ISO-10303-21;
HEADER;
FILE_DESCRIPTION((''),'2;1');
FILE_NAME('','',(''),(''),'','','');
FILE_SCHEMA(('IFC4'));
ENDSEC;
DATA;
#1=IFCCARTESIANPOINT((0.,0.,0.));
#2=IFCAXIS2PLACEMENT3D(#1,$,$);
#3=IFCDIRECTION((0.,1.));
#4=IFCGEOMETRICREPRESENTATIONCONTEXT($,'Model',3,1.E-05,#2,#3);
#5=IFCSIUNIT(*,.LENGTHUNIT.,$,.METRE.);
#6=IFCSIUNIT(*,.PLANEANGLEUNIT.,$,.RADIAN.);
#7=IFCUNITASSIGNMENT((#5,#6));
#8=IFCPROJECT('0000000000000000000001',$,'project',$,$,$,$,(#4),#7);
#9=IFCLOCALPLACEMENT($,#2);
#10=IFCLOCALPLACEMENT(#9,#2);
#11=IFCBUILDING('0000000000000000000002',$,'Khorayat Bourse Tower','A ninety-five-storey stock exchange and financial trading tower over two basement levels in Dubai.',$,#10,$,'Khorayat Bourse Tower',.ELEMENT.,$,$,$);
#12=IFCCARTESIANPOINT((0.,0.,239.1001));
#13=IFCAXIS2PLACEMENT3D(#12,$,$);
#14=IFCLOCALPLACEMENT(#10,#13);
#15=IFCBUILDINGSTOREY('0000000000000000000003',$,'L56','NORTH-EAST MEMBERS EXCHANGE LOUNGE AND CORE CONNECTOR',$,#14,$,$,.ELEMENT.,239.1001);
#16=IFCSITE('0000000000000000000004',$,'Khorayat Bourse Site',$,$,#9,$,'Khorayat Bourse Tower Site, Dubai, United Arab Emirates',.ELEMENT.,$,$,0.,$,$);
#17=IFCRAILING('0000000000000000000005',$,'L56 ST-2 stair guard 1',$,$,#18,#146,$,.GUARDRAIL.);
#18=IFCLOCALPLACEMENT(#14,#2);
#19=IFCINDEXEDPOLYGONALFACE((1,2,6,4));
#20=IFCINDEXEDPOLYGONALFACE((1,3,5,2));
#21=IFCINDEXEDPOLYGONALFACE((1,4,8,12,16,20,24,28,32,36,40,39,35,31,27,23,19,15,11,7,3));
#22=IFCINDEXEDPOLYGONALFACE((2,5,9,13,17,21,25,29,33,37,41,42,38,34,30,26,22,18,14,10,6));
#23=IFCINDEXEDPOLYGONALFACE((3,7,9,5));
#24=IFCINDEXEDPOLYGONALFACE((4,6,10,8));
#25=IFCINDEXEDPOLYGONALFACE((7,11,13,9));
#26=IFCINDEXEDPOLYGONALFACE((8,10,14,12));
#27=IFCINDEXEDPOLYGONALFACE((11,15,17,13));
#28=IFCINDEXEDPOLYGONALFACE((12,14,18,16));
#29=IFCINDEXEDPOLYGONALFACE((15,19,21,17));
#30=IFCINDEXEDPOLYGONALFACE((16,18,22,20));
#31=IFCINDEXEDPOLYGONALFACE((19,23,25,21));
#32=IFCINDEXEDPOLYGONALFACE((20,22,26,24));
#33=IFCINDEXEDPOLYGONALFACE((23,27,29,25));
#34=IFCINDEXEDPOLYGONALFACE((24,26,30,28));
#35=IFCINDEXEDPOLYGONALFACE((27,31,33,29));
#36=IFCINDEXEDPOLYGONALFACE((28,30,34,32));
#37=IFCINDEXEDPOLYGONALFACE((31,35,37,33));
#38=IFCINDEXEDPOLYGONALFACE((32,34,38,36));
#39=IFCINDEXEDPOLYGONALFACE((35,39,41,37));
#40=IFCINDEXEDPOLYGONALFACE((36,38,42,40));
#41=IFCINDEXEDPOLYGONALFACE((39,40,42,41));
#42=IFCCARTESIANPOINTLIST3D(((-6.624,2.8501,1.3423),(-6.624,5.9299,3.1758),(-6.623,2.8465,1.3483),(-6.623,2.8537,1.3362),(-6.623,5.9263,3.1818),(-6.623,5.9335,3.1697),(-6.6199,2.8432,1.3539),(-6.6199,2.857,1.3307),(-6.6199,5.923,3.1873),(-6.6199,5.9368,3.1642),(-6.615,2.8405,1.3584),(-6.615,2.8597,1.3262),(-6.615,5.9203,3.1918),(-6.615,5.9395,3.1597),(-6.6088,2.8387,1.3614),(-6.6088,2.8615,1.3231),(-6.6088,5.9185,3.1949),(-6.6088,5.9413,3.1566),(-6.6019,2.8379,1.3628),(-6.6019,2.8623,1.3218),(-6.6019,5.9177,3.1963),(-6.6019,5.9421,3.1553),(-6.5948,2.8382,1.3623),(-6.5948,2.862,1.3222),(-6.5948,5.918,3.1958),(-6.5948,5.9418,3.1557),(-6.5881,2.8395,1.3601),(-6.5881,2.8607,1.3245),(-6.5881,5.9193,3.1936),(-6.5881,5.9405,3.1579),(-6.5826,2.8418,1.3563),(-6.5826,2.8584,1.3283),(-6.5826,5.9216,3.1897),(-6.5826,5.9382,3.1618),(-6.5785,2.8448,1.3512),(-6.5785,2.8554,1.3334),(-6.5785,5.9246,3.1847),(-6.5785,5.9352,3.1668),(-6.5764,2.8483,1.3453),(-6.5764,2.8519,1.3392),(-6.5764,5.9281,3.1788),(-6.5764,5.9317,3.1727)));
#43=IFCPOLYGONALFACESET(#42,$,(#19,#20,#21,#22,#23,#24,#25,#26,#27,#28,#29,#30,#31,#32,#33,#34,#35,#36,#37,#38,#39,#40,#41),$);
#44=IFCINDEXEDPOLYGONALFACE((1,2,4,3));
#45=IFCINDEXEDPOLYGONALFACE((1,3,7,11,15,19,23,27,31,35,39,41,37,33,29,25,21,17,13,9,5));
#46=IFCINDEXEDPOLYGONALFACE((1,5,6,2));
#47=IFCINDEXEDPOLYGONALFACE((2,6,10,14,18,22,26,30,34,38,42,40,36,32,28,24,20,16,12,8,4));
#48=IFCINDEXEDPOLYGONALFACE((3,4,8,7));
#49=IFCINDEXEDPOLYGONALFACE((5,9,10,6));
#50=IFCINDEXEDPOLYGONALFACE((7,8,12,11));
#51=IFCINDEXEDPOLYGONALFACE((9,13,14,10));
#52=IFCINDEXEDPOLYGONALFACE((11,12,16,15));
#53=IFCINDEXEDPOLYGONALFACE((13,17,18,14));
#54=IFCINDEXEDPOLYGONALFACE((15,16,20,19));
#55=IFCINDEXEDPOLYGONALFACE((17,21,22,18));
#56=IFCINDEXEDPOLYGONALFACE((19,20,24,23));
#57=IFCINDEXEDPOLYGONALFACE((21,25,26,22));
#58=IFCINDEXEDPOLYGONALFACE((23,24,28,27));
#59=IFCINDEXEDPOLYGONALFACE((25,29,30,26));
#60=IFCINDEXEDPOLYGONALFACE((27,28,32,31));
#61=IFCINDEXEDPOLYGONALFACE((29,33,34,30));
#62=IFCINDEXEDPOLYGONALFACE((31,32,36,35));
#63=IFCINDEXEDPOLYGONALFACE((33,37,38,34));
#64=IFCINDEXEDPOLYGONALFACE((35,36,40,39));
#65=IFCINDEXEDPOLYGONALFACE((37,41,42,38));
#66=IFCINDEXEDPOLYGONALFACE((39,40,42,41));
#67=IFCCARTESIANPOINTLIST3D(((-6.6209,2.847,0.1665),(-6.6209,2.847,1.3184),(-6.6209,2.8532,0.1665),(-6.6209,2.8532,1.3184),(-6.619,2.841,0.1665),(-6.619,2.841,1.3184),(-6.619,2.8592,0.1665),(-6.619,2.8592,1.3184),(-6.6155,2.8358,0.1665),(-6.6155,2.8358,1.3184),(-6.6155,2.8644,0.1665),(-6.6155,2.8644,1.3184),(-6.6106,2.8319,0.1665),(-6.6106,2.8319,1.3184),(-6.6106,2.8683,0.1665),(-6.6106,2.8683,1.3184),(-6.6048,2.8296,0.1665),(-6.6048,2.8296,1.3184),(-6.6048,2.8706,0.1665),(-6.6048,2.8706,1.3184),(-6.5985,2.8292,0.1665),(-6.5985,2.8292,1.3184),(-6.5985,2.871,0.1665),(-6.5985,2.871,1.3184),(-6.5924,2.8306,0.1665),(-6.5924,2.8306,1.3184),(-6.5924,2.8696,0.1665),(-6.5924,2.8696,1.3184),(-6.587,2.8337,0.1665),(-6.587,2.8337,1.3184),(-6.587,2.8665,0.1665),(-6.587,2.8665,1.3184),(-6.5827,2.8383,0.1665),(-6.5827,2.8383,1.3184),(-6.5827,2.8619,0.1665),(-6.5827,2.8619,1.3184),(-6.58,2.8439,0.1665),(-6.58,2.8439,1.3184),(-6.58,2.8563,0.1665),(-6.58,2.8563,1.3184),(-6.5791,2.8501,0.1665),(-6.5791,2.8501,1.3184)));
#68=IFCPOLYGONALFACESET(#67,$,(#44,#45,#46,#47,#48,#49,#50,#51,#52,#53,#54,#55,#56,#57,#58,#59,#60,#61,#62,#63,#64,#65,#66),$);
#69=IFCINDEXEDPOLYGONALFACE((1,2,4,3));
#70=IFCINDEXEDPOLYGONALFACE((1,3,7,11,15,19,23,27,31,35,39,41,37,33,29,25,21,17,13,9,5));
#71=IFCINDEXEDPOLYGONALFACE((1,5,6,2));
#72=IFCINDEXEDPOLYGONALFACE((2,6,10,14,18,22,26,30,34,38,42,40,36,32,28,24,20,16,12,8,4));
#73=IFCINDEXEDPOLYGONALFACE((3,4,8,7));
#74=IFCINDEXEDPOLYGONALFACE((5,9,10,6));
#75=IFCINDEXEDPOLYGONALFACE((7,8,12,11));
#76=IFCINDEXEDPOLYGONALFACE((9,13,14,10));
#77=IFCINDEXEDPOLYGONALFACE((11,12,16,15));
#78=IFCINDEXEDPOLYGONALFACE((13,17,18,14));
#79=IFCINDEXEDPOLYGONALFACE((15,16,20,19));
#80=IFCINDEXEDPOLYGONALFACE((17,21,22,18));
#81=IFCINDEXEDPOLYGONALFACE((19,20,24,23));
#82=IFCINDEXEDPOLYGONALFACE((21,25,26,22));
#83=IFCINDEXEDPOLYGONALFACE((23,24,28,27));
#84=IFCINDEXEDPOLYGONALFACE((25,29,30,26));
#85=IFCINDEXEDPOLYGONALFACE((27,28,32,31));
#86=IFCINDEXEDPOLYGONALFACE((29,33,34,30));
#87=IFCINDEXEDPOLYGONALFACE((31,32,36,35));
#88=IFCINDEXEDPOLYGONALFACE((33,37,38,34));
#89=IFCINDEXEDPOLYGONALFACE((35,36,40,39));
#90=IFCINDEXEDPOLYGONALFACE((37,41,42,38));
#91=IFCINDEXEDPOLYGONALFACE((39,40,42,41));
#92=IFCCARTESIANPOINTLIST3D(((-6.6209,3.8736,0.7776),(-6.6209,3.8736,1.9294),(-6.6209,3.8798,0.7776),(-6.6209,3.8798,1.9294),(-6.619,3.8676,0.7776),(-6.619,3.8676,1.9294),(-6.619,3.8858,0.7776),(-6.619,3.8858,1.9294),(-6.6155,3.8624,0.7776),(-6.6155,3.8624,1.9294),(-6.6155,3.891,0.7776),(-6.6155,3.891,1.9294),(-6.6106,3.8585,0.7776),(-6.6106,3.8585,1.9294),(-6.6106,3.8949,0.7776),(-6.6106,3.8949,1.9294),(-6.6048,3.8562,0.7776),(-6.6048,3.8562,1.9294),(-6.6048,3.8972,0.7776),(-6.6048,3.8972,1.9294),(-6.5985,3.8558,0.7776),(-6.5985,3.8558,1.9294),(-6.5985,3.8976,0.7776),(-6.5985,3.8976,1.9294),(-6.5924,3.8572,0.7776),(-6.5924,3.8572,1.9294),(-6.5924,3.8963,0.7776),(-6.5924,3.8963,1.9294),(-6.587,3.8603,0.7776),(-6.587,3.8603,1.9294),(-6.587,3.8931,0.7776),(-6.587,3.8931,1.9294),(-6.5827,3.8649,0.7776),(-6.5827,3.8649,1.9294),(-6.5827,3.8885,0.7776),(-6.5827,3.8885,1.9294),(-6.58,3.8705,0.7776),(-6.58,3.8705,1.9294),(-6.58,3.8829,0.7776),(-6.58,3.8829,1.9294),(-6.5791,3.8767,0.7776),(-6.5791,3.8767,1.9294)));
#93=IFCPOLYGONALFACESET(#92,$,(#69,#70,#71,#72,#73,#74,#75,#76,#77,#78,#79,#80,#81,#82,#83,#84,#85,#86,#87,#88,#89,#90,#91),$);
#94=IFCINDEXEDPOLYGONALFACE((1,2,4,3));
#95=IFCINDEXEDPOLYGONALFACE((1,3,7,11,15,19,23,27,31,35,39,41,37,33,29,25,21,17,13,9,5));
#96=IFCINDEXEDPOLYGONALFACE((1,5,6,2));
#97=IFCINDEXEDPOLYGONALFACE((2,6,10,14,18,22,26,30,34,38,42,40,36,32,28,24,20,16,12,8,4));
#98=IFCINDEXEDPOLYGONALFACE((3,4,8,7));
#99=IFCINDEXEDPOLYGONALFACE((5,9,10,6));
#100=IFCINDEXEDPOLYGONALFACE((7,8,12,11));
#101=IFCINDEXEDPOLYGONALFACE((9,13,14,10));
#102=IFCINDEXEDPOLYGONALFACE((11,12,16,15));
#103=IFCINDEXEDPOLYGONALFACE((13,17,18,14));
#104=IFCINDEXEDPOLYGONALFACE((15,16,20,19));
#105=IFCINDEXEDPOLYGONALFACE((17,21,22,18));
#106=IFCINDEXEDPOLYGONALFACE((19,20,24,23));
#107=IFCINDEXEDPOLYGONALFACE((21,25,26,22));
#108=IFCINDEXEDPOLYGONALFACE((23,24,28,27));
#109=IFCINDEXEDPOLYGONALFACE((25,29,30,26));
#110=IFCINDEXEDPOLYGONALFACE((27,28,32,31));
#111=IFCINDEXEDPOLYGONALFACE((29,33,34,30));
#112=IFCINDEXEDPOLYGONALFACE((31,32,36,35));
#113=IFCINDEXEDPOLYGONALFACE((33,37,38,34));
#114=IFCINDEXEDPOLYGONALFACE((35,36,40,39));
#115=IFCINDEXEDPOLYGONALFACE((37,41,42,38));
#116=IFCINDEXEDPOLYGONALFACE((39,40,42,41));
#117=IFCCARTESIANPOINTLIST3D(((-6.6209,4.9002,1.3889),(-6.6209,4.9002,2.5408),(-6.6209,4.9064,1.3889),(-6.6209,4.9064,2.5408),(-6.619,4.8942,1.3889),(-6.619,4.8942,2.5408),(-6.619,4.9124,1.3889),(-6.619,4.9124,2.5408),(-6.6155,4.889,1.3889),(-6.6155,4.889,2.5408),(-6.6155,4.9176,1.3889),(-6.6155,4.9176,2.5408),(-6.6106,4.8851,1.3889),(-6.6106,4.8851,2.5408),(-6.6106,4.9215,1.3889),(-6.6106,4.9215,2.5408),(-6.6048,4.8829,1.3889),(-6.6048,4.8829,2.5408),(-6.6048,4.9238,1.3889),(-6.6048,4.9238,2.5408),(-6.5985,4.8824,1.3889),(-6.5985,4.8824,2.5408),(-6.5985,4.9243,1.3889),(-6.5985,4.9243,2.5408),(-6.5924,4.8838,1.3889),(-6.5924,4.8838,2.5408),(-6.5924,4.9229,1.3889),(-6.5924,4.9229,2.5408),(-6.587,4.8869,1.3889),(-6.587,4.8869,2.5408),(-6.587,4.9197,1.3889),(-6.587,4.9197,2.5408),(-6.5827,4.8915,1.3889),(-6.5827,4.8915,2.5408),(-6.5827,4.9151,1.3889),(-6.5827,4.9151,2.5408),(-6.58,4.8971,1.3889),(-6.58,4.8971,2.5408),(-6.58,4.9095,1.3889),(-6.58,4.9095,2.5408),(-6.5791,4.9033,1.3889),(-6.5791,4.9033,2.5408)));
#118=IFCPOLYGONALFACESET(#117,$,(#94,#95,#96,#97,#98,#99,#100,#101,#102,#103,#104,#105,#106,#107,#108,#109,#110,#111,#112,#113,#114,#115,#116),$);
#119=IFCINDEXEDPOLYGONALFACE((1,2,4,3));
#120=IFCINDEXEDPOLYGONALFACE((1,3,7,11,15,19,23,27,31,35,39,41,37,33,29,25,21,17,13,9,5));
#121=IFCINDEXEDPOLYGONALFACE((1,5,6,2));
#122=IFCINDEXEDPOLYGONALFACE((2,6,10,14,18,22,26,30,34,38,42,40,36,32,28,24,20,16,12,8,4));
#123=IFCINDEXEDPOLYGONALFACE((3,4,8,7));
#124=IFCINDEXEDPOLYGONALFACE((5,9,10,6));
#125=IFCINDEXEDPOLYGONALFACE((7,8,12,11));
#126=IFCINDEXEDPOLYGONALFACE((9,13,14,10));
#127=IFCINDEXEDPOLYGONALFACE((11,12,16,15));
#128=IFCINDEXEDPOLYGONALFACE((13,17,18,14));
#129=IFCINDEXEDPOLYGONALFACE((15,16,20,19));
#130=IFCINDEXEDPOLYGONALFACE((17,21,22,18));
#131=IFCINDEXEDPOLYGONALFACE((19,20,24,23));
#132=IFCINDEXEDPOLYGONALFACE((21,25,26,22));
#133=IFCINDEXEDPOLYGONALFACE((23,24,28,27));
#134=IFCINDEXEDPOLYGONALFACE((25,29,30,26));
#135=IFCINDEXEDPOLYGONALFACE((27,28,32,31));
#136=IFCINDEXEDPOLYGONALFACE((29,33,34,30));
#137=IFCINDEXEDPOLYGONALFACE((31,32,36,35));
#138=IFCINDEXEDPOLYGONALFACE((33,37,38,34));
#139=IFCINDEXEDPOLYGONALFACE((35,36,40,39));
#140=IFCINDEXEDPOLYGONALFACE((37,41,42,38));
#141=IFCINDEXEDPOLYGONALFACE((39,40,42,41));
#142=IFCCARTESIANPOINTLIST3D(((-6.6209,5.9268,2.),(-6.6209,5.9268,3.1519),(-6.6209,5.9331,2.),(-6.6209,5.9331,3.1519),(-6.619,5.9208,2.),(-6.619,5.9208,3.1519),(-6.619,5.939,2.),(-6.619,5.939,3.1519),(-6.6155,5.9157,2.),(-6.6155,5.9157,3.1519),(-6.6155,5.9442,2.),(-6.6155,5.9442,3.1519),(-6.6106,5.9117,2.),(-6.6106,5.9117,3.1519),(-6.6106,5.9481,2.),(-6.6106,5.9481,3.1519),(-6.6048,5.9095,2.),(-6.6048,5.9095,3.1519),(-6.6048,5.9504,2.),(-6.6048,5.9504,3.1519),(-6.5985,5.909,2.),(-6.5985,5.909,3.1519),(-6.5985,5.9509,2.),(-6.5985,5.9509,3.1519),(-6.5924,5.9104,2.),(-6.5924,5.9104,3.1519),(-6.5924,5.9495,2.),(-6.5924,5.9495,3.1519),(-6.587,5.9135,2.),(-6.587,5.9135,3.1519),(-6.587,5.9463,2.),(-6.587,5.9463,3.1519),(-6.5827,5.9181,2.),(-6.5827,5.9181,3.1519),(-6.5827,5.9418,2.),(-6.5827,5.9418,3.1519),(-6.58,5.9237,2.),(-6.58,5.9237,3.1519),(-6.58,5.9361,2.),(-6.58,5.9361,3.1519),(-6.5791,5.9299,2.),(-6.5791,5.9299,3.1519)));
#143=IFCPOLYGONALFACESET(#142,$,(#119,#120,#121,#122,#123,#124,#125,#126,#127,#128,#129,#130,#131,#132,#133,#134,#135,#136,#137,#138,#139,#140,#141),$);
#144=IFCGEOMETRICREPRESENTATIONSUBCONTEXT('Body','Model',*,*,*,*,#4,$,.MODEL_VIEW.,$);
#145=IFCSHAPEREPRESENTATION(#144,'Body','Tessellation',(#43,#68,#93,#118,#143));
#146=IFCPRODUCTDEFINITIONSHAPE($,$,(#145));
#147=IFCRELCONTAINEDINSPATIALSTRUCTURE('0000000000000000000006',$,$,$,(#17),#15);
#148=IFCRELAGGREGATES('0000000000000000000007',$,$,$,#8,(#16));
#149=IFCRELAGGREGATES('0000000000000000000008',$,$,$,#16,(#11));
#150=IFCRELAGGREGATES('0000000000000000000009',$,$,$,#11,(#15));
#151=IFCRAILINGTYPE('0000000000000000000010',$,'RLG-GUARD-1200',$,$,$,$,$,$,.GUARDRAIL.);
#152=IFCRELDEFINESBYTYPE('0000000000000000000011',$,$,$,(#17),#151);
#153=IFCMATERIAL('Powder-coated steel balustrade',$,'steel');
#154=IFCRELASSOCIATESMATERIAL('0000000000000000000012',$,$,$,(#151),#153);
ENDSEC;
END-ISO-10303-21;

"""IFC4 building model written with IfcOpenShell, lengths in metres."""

from ifc_helpers import new_model, si_unit, direction, frame, origin, origin_2d, place, context, subcontext, project, spatial, circle, extrude, source, transform, mapped, material, type_object, element, save


model = new_model("IFC4")

# Units and contexts
model_context = context("Model", 3, precision=1e-05, world=origin(), true_north=direction((0.0, 1.0)))
body_context = subcontext(model_context, "Body", "Model", "MODEL_VIEW")
ifc_project = project(units=[si_unit("LENGTHUNIT", "METRE"), si_unit("PLANEANGLEUNIT", "RADIAN")], contexts=[model_context])

# Site, building, storey
site_placement = place(None, origin())
site = spatial("IfcSite", under=ifc_project, at=site_placement, Name="Khorayat Bourse Site", LongName="Khorayat Bourse Tower Site, Dubai, United Arab Emirates", CompositionType="ELEMENT", RefElevation=0.0)
building_placement = place(site_placement, origin())
building = spatial("IfcBuilding", under=site, at=building_placement, Name="Khorayat Bourse Tower", Description="A ninety-five-storey stock exchange and financial trading tower over two basement levels in Dubai.", LongName="Khorayat Bourse Tower", CompositionType="ELEMENT")
storey_placement = place(building_placement, frame((0.0, 0.0, 239.1001)))
storey = spatial("IfcBuildingStorey", under=building, at=storey_placement, Name="L56", Description="NORTH-EAST MEMBERS EXCHANGE LOUNGE AND CORE CONNECTOR", CompositionType="ELEMENT", Elevation=239.1001)

# Railing
ifc_material_1 = material(Name="Powder-coated steel balustrade", Category="steel")
railing_type_1 = type_object("IfcRailingType", Name="RLG-GUARD-1200", PredefinedType="GUARDRAIL", material=ifc_material_1)
shared_shape_1 = source(origin(), body_context, "Body", "SweptSolid", [
    extrude(circle(Radius=0.0239, at=origin_2d()), frame((0.0, 0.0, 1.1758), z_axis=(0.0, 0.859261, 0.511538), x_axis=(-1.0, 0.0, 0.0)), (0.0, 0.0, 1.0), 3.5842),
    extrude(circle(Radius=0.021, at=origin_2d()), origin(), (0.0, 0.0, 1.0), 1.1519),
    extrude(circle(Radius=0.021, at=origin_2d()), frame((0.0, 1.0266, 0.6111)), (0.0, 0.0, 1.0), 1.1519),
    extrude(circle(Radius=0.021, at=origin_2d()), frame((0.0, 2.0532, 1.2224)), (0.0, 0.0, 1.0), 1.1519),
    extrude(circle(Radius=0.021, at=origin_2d()), frame((0.0, 3.0798, 1.8335)), (0.0, 0.0, 1.0), 1.1519),
])
railing_1_placement = place(storey_placement, frame((-6.6001, 2.8501, 0.1665)))
element("IfcRailing", 1, at=railing_1_placement, inside=storey, type_object=railing_type_1, Name="L56 ST-2 stair guard 1", PredefinedType="GUARDRAIL", context=body_context, shape_type="MappedRepresentation", body=[
    mapped(shared_shape_1, transform((0.0, 0.0, 0.0), scale=1.0)),
])

save(model, "model.ifc")
